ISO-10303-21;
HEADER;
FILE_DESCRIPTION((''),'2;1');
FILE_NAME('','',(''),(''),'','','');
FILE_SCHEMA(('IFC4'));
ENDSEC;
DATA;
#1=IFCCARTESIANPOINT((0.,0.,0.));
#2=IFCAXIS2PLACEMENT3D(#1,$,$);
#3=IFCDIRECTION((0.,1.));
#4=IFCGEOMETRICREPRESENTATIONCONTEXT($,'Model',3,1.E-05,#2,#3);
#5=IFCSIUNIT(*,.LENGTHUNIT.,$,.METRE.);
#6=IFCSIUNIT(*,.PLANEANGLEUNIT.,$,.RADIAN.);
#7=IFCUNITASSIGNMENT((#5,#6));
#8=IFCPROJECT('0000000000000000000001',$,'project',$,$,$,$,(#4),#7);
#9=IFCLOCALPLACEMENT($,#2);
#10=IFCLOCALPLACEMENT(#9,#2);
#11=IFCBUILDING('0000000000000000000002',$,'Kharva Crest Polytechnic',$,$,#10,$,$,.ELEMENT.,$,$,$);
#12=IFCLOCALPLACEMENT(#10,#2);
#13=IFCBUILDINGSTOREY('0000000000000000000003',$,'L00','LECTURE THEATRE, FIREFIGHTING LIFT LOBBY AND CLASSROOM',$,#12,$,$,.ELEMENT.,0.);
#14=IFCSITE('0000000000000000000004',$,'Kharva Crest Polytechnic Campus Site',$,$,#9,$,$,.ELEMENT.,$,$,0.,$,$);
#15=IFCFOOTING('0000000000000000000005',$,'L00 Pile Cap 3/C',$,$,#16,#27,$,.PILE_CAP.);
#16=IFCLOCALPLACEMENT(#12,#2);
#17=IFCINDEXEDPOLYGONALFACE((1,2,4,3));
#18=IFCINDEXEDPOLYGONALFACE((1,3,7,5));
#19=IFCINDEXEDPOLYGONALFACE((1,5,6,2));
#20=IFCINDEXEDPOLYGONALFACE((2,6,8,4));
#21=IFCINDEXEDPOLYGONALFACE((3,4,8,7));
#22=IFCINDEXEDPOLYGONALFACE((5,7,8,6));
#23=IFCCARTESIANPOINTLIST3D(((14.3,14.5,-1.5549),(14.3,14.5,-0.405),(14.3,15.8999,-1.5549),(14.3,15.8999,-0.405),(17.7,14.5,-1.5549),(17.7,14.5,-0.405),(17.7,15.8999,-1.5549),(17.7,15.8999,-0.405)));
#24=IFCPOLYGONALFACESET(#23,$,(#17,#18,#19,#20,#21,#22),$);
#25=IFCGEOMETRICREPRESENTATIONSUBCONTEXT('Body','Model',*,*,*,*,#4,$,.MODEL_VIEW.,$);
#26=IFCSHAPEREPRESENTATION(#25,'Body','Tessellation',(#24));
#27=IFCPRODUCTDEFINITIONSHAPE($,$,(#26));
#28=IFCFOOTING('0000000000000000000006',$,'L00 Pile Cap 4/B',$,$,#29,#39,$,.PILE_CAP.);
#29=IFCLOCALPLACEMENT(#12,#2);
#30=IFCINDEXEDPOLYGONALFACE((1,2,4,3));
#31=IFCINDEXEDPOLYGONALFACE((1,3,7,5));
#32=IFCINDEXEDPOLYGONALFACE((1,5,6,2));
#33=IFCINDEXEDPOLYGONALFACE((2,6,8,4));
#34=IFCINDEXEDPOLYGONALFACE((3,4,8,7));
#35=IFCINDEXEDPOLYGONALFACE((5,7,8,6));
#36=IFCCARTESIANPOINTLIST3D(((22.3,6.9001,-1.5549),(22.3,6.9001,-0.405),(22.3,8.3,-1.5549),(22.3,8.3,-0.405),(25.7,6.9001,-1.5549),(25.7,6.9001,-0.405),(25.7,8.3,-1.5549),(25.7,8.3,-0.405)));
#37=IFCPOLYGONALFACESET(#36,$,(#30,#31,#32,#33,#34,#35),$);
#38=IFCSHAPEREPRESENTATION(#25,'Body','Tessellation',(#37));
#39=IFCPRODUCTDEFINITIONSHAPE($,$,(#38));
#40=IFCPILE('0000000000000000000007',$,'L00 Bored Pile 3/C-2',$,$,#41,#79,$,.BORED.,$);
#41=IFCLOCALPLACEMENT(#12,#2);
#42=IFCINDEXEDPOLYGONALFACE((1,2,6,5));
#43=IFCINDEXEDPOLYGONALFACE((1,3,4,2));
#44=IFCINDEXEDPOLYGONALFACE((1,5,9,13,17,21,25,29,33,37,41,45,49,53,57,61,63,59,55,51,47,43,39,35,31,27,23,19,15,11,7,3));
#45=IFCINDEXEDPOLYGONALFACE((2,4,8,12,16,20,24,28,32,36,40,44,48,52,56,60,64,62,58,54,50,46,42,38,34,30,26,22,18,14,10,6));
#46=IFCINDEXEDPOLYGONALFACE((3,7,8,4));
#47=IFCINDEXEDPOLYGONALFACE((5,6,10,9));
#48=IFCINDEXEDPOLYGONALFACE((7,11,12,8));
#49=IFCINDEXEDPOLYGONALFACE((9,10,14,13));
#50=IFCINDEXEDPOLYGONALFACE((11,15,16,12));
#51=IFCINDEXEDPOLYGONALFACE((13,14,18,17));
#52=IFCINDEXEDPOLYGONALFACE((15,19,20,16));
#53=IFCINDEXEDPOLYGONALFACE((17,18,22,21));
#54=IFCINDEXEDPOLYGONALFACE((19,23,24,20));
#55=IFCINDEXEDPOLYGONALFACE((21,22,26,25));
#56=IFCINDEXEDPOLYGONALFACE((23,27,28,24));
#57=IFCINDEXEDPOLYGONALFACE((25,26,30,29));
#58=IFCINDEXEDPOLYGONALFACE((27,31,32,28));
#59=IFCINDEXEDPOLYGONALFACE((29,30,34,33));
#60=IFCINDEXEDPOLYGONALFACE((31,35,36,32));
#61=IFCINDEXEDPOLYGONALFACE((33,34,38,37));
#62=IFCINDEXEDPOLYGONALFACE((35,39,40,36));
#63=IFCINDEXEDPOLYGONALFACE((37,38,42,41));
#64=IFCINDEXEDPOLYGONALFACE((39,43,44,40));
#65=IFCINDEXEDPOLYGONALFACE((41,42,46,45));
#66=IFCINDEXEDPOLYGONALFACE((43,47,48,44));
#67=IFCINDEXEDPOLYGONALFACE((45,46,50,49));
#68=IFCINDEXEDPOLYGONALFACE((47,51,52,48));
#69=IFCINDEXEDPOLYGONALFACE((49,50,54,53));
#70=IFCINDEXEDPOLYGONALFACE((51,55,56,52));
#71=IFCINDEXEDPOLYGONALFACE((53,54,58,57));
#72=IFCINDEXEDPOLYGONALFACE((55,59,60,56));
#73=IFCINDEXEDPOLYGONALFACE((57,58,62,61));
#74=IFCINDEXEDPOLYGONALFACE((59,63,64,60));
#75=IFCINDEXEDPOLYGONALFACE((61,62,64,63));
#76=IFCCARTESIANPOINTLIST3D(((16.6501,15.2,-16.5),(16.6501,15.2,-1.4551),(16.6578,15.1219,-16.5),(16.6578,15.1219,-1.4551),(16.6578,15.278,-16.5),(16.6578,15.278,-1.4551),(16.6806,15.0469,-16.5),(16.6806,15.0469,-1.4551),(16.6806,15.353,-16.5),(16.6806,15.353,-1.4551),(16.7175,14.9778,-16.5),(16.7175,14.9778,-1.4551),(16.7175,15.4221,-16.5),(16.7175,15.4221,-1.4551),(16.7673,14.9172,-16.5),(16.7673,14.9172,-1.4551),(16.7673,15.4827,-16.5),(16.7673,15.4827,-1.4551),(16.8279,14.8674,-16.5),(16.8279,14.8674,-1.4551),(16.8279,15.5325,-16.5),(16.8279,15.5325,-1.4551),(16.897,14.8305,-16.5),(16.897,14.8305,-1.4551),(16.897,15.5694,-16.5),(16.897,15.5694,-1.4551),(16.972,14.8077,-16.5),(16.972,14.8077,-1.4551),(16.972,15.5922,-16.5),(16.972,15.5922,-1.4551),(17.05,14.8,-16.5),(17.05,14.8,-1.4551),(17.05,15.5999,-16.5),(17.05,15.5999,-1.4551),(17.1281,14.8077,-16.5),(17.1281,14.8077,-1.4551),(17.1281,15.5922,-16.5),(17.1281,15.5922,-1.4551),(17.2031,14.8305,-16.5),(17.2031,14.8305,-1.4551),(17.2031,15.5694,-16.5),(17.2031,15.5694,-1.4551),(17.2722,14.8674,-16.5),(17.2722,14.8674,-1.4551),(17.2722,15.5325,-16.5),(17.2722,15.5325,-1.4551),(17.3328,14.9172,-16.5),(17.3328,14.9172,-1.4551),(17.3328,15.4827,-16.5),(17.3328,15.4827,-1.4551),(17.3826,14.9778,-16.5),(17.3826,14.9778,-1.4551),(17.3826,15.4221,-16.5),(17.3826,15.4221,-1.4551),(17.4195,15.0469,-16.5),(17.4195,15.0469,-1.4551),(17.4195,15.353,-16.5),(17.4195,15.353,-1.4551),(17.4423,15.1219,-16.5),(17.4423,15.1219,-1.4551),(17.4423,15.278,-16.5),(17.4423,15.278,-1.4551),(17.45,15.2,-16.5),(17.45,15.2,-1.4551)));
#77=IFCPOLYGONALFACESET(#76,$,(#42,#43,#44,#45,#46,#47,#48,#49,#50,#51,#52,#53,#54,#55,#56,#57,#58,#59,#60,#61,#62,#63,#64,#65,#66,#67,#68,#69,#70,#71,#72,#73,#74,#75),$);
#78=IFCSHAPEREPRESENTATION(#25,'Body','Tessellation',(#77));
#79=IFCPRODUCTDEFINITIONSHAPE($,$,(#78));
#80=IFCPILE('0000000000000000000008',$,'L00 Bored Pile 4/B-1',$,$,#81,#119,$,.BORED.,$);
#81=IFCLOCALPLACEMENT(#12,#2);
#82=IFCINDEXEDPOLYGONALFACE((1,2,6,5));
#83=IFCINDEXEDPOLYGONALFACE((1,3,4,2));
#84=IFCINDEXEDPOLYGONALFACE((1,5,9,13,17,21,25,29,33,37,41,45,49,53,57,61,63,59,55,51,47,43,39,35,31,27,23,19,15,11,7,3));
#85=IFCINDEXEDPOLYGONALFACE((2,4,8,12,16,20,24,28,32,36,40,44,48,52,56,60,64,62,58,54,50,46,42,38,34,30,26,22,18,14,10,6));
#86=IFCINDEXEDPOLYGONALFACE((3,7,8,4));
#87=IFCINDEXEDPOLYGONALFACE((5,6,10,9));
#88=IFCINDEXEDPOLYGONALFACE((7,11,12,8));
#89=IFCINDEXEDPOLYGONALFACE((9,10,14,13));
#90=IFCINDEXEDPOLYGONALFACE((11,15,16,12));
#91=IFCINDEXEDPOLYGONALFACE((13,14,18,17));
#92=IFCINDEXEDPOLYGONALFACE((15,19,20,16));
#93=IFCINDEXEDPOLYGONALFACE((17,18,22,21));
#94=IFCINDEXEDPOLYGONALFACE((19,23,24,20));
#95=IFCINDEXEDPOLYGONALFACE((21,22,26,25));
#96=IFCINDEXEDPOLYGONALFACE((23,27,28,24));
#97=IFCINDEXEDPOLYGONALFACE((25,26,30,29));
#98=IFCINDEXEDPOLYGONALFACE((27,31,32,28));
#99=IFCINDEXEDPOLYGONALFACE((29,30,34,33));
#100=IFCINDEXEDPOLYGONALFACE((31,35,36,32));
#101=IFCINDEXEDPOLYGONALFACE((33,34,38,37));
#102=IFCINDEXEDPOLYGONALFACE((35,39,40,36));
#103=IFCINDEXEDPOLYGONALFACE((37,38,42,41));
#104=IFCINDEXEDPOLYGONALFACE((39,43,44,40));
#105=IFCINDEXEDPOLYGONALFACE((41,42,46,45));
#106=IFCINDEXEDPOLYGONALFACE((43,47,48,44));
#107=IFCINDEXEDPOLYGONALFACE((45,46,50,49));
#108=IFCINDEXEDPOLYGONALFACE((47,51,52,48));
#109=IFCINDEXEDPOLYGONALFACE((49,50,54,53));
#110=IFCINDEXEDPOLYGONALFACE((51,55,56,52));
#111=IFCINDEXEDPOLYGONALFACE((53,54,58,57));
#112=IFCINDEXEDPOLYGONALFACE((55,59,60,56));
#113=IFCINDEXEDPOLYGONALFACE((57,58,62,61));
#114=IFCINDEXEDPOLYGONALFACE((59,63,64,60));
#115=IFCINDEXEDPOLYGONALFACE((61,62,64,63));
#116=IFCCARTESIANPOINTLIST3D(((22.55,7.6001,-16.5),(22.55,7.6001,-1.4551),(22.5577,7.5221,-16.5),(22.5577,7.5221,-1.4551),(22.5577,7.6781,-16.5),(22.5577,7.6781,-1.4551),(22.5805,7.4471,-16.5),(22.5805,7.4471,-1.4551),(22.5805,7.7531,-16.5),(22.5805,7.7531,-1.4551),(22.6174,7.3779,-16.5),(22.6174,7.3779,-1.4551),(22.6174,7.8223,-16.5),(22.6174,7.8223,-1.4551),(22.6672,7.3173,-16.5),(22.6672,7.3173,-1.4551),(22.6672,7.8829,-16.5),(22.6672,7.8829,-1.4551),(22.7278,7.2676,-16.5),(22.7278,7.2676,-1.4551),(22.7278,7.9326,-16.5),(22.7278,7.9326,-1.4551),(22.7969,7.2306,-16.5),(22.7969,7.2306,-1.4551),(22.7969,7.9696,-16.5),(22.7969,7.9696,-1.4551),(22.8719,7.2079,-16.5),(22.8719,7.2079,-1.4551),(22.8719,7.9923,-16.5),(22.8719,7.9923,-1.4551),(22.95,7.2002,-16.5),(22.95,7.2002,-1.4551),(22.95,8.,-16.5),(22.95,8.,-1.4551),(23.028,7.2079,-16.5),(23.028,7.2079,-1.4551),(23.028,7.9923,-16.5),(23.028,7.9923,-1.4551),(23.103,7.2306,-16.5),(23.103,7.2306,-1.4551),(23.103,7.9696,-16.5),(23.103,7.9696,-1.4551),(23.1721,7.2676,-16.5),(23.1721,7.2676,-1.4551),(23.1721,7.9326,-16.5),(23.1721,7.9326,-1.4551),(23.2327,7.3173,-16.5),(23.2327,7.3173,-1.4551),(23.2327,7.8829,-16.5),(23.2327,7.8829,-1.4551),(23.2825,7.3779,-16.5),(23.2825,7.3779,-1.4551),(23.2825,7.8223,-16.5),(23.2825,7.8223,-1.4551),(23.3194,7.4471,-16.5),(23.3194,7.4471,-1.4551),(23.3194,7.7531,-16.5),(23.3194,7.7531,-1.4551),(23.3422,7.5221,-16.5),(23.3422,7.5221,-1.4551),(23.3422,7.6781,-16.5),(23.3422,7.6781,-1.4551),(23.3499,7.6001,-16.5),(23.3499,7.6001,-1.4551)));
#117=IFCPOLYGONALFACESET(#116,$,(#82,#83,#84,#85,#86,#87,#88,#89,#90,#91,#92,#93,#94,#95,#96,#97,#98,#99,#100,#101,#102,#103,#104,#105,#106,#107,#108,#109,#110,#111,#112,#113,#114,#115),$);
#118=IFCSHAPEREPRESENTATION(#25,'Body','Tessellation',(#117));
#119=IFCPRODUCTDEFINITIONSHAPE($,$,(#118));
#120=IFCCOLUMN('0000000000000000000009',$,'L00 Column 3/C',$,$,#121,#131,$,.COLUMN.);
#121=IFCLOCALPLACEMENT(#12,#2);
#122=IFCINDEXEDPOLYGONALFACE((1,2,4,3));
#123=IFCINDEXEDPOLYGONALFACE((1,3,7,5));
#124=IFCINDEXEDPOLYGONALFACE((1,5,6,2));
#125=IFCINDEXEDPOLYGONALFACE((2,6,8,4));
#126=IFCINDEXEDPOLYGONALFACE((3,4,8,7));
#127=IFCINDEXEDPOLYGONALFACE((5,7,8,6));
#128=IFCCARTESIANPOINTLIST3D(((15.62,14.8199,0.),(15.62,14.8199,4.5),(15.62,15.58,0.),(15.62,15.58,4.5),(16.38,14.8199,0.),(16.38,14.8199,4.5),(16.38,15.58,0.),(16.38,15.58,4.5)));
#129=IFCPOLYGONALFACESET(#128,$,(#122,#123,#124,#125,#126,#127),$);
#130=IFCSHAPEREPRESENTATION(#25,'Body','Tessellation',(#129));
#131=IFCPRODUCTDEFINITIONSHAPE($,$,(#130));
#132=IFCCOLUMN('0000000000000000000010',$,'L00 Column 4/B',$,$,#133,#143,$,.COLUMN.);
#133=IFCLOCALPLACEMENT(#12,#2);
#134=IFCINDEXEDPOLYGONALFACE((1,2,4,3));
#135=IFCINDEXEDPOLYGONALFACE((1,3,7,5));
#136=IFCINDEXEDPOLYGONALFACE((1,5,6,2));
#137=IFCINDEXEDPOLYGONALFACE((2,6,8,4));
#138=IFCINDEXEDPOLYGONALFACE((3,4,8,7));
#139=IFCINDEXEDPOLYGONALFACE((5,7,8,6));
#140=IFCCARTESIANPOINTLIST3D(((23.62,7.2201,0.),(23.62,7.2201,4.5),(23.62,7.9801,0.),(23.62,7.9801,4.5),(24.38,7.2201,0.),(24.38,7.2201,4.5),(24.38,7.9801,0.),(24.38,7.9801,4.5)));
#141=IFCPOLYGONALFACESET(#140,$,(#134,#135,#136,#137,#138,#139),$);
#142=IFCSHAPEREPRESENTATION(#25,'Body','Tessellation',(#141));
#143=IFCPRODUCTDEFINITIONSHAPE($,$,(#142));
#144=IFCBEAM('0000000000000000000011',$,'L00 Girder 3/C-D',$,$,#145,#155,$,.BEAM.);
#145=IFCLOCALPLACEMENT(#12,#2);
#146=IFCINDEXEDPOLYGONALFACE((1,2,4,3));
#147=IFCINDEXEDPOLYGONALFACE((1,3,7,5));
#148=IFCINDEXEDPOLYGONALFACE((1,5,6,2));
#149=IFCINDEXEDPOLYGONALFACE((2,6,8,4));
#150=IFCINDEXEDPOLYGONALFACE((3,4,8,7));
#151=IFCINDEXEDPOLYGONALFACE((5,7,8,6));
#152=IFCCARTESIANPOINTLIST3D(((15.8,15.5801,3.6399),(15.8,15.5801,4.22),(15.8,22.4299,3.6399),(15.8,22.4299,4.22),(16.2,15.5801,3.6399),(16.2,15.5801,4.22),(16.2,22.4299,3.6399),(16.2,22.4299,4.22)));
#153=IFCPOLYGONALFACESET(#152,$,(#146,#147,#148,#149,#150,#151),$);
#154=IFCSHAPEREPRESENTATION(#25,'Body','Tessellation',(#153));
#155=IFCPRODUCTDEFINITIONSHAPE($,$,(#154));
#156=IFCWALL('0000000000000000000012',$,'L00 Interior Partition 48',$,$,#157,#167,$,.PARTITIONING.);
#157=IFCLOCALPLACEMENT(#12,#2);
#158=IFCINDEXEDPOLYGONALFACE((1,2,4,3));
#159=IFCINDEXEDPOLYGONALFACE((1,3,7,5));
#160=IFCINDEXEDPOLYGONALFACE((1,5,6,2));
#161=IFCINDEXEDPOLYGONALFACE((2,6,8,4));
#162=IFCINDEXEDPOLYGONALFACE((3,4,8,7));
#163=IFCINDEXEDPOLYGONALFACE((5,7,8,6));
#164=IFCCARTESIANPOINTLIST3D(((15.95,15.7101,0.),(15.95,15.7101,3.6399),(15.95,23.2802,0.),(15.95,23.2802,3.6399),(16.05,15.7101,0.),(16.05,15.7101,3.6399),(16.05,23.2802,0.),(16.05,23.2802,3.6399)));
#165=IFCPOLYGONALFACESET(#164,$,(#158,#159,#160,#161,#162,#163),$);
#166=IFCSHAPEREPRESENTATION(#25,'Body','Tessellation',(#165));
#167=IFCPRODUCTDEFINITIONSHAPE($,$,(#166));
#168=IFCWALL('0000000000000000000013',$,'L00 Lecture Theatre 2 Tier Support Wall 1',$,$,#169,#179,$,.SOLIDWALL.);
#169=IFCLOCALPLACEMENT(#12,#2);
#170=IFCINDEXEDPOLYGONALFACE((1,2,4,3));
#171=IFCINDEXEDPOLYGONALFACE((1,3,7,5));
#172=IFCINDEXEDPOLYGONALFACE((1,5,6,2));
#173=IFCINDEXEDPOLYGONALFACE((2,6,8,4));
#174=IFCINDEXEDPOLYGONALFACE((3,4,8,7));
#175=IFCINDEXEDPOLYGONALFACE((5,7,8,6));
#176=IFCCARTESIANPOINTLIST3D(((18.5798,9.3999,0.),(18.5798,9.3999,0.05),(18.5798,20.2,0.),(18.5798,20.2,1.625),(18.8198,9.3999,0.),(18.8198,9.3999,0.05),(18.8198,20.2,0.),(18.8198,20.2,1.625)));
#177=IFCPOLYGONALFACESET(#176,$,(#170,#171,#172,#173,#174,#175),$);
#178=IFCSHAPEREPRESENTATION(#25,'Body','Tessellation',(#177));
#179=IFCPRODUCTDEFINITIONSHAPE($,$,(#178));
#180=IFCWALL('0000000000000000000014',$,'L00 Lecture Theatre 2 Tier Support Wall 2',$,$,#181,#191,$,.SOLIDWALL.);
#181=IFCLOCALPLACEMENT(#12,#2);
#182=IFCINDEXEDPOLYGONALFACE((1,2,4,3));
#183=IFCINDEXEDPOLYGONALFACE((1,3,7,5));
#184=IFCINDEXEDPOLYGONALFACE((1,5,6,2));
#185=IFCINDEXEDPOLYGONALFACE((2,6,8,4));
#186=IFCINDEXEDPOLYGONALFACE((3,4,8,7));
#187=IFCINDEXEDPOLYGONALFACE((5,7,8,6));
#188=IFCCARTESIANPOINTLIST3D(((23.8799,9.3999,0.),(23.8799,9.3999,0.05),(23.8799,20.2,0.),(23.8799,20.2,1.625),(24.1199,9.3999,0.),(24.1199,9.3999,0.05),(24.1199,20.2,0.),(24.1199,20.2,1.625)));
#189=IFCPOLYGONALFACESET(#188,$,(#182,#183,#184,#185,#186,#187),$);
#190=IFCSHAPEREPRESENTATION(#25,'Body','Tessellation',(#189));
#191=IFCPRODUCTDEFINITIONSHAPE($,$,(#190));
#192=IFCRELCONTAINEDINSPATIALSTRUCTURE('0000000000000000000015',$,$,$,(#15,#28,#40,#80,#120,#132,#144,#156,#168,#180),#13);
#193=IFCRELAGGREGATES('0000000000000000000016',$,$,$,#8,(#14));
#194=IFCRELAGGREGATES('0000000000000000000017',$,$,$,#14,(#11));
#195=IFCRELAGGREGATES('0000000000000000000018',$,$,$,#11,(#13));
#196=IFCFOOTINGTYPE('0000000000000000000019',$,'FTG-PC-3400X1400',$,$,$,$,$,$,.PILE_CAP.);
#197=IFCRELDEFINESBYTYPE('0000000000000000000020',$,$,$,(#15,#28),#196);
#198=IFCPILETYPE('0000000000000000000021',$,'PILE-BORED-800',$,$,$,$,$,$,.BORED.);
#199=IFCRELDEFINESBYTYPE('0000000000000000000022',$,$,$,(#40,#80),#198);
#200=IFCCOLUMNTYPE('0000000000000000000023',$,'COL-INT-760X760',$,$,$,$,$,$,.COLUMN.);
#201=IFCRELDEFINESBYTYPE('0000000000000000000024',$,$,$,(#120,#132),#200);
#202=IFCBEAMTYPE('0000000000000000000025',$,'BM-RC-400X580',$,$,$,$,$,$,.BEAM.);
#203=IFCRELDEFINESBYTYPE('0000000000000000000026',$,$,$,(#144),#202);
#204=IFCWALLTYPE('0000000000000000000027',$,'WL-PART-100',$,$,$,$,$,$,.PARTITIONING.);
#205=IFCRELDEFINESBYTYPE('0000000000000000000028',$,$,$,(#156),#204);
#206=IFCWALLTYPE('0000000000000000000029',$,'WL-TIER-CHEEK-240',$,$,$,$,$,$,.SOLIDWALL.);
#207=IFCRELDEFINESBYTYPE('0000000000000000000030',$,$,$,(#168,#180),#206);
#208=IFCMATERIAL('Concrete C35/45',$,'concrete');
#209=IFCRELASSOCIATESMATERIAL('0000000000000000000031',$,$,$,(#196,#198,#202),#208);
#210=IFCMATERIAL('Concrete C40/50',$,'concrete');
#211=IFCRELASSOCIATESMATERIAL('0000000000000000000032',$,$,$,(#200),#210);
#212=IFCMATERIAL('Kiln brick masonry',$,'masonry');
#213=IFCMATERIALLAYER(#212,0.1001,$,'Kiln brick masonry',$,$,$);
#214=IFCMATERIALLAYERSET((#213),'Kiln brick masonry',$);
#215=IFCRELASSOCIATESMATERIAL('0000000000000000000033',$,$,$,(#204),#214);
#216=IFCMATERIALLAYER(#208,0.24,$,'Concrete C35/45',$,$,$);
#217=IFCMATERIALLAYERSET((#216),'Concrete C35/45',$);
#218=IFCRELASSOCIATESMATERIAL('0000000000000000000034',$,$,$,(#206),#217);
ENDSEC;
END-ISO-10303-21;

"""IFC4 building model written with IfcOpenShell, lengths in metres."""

from ifc_helpers import new_model, si_unit, direction, frame, frame_2d, origin, origin_2d, place, context, subcontext, project, spatial, polyline, rectangle, circle, outline, extrude, material, layer, layer_set, material_profile, profile_set, type_object, element, save


model = new_model("IFC4")

# Units and contexts
model_context = context("Model", 3, precision=1e-05, world=origin(), true_north=direction((0.0, 1.0)))
body_context = subcontext(model_context, "Body", "Model", "MODEL_VIEW")
ifc_project = project(units=[si_unit("LENGTHUNIT", "METRE"), si_unit("PLANEANGLEUNIT", "RADIAN")], contexts=[model_context])

# Site, building, storey
site_placement = place(None, origin())
site = spatial("IfcSite", under=ifc_project, at=site_placement, Name="Kharva Crest Polytechnic Campus Site", CompositionType="ELEMENT", RefElevation=0.0)
building_placement = place(site_placement, origin())
building = spatial("IfcBuilding", under=site, at=building_placement, Name="Kharva Crest Polytechnic", CompositionType="ELEMENT")
storey_placement = place(building_placement, origin())
storey = spatial("IfcBuildingStorey", under=building, at=storey_placement, Name="L00", Description="LECTURE THEATRE, FIREFIGHTING LIFT LOBBY AND CLASSROOM", CompositionType="ELEMENT", Elevation=0.0)

# Footings
ifc_material_1 = material(Name="Concrete C35/45", Category="concrete")
footing_type = type_object("IfcFootingType", Name="FTG-PC-3400X1400", PredefinedType="PILE_CAP", material=ifc_material_1)
for number, where, z_axis, x_axis, name in (
    (1, (16.0, 15.2, -1.5549), (0.0, 0.0, 1.0), (1.0, 0.0, 0.0), "L00 Pile Cap 3/C"),
    (2, (24.0, 7.6001, -1.5549), (0.0, 0.0, 1.0), (1.0, 0.0, 0.0), "L00 Pile Cap 4/B"),
):
    element("IfcFooting", number, at=place(storey_placement, frame(where, z_axis=z_axis, x_axis=x_axis)), inside=storey, type_object=footing_type, Name=name, PredefinedType="PILE_CAP", context=body_context, shape_type="SweptSolid", body=[
        extrude(rectangle(XDim=3.3999, YDim=1.3999, at=origin_2d()), origin(), (0.0, 0.0, 1.0), 1.1499),
    ])

# Piles
ifc_material_profile_1 = material_profile(ifc_material_1, circle(Radius=0.3999, at=origin_2d()), Name="DIA 800")
ifc_profile_set_1 = profile_set([ifc_material_profile_1], Name="Concrete C35/45")
pile_type = type_object("IfcPileType", Name="PILE-BORED-800", PredefinedType="BORED", material=ifc_profile_set_1)
for number, where, z_axis, x_axis, name in (
    (3, (17.05, 15.2, -1.4551), (0.0, 0.0, -1.0), (1.0, 0.0, 0.0), "L00 Bored Pile 3/C-2"),
    (4, (22.95, 7.6001, -1.4551), (0.0, 0.0, -1.0), (1.0, 0.0, 0.0), "L00 Bored Pile 4/B-1"),
):
    element("IfcPile", number, at=place(storey_placement, frame(where, z_axis=z_axis, x_axis=x_axis)), inside=storey, type_object=pile_type, Name=name, PredefinedType="BORED", context=body_context, shape_type="SweptSolid", body=[
        extrude(circle(Radius=0.3999, at=origin_2d()), origin(), (0.0, 0.0, 1.0), 15.0449),
    ])

# Columns
ifc_material_2 = material(Name="Concrete C40/50", Category="concrete")
ifc_material_profile_2 = material_profile(ifc_material_2, rectangle(XDim=0.76, YDim=0.76, at=origin_2d()), Name="RECT 760 X 760")
ifc_profile_set_2 = profile_set([ifc_material_profile_2], Name="Concrete C40/50")
column_type = type_object("IfcColumnType", Name="COL-INT-760X760", PredefinedType="COLUMN", material=ifc_profile_set_2)
for number, where, z_axis, x_axis, name in (
    (5, (16.0, 15.2, 0.0), (0.0, 0.0, 1.0), (1.0, 0.0, 0.0), "L00 Column 3/C"),
    (6, (24.0, 7.6001, 0.0), (0.0, 0.0, 1.0), (1.0, 0.0, 0.0), "L00 Column 4/B"),
):
    element("IfcColumn", number, at=place(storey_placement, frame(where, z_axis=z_axis, x_axis=x_axis)), inside=storey, type_object=column_type, Name=name, PredefinedType="COLUMN", context=body_context, shape_type="SweptSolid", body=[
        extrude(rectangle(XDim=0.76, YDim=0.76, at=origin_2d()), origin(), (0.0, 0.0, 1.0), 4.5),
    ])

# Beam
ifc_material_profile_3 = material_profile(ifc_material_1, rectangle(XDim=0.3999, YDim=0.5801, at=origin_2d()), Name="RECT 400 X 580")
ifc_profile_set_3 = profile_set([ifc_material_profile_3], Name="Concrete C35/45")
beam_type = type_object("IfcBeamType", Name="BM-RC-400X580", PredefinedType="BEAM", material=ifc_profile_set_3)
beam_placement = place(storey_placement, frame((16.0, 15.5801, 3.9299), z_axis=(0.0, 1.0, 0.0), x_axis=(-1.0, 0.0, 0.0)))
element("IfcBeam", 7, at=beam_placement, inside=storey, type_object=beam_type, Name="L00 Girder 3/C-D", PredefinedType="BEAM", context=body_context, shape_type="SweptSolid", body=[
    extrude(rectangle(XDim=0.3999, YDim=0.5801, at=origin_2d()), origin(), (0.0, 0.0, 1.0), 6.8499),
])

# Walls
ifc_material_3 = material(Name="Kiln brick masonry", Category="masonry")
ifc_layer_1 = layer(ifc_material_3, 0.1001, Name="Kiln brick masonry")
ifc_layer_set_1 = layer_set([ifc_layer_1], Name="Kiln brick masonry")
wall_type_1 = type_object("IfcWallType", Name="WL-PART-100", PredefinedType="PARTITIONING", material=ifc_layer_set_1)
wall_1_placement = place(storey_placement, frame((16.0, 15.71, 0.0), z_axis=(0.0, 0.0, 1.0), x_axis=(0.0, 1.0, 0.0)))
element("IfcWall", 8, at=wall_1_placement, inside=storey, type_object=wall_type_1, Name="L00 Interior Partition 48", PredefinedType="PARTITIONING", context=body_context, shape_type="SweptSolid", body=[
    extrude(rectangle(XDim=7.5701, YDim=0.1001, at=frame_2d((3.7852, 0.0))), origin(), (0.0, 0.0, 1.0), 3.6399),
])
ifc_layer_2 = layer(ifc_material_1, 0.24, Name="Concrete C35/45")
ifc_layer_set_2 = layer_set([ifc_layer_2], Name="Concrete C35/45")
wall_type_2 = type_object("IfcWallType", Name="WL-TIER-CHEEK-240", PredefinedType="SOLIDWALL", material=ifc_layer_set_2)
for number, where, z_axis, x_axis, name in (
    (9, (18.7, 9.3999, 0.0), (0.0, 0.0, 1.0), (0.0, 1.0, 0.0), "L00 Lecture Theatre 2 Tier Support Wall 1"),
    (10, (24.0, 9.3999, 0.0), (0.0, 0.0, 1.0), (0.0, 1.0, 0.0), "L00 Lecture Theatre 2 Tier Support Wall 2"),
):
    element("IfcWall", number, at=place(storey_placement, frame(where, z_axis=z_axis, x_axis=x_axis)), inside=storey, type_object=wall_type_2, Name=name, PredefinedType="SOLIDWALL", context=body_context, shape_type="SweptSolid", body=[
        extrude(outline(polyline([(0.0, 0.0), (10.8, 0.0), (10.8, 1.625), (0.0, 0.05), (0.0, 0.0)])), frame((0.0, 0.1201, 0.0), z_axis=(0.0, -1.0, 0.0), x_axis=(1.0, 0.0, 0.0)), (0.0, 0.0, 1.0), 0.24),
    ])

save(model, "model.ifc")
